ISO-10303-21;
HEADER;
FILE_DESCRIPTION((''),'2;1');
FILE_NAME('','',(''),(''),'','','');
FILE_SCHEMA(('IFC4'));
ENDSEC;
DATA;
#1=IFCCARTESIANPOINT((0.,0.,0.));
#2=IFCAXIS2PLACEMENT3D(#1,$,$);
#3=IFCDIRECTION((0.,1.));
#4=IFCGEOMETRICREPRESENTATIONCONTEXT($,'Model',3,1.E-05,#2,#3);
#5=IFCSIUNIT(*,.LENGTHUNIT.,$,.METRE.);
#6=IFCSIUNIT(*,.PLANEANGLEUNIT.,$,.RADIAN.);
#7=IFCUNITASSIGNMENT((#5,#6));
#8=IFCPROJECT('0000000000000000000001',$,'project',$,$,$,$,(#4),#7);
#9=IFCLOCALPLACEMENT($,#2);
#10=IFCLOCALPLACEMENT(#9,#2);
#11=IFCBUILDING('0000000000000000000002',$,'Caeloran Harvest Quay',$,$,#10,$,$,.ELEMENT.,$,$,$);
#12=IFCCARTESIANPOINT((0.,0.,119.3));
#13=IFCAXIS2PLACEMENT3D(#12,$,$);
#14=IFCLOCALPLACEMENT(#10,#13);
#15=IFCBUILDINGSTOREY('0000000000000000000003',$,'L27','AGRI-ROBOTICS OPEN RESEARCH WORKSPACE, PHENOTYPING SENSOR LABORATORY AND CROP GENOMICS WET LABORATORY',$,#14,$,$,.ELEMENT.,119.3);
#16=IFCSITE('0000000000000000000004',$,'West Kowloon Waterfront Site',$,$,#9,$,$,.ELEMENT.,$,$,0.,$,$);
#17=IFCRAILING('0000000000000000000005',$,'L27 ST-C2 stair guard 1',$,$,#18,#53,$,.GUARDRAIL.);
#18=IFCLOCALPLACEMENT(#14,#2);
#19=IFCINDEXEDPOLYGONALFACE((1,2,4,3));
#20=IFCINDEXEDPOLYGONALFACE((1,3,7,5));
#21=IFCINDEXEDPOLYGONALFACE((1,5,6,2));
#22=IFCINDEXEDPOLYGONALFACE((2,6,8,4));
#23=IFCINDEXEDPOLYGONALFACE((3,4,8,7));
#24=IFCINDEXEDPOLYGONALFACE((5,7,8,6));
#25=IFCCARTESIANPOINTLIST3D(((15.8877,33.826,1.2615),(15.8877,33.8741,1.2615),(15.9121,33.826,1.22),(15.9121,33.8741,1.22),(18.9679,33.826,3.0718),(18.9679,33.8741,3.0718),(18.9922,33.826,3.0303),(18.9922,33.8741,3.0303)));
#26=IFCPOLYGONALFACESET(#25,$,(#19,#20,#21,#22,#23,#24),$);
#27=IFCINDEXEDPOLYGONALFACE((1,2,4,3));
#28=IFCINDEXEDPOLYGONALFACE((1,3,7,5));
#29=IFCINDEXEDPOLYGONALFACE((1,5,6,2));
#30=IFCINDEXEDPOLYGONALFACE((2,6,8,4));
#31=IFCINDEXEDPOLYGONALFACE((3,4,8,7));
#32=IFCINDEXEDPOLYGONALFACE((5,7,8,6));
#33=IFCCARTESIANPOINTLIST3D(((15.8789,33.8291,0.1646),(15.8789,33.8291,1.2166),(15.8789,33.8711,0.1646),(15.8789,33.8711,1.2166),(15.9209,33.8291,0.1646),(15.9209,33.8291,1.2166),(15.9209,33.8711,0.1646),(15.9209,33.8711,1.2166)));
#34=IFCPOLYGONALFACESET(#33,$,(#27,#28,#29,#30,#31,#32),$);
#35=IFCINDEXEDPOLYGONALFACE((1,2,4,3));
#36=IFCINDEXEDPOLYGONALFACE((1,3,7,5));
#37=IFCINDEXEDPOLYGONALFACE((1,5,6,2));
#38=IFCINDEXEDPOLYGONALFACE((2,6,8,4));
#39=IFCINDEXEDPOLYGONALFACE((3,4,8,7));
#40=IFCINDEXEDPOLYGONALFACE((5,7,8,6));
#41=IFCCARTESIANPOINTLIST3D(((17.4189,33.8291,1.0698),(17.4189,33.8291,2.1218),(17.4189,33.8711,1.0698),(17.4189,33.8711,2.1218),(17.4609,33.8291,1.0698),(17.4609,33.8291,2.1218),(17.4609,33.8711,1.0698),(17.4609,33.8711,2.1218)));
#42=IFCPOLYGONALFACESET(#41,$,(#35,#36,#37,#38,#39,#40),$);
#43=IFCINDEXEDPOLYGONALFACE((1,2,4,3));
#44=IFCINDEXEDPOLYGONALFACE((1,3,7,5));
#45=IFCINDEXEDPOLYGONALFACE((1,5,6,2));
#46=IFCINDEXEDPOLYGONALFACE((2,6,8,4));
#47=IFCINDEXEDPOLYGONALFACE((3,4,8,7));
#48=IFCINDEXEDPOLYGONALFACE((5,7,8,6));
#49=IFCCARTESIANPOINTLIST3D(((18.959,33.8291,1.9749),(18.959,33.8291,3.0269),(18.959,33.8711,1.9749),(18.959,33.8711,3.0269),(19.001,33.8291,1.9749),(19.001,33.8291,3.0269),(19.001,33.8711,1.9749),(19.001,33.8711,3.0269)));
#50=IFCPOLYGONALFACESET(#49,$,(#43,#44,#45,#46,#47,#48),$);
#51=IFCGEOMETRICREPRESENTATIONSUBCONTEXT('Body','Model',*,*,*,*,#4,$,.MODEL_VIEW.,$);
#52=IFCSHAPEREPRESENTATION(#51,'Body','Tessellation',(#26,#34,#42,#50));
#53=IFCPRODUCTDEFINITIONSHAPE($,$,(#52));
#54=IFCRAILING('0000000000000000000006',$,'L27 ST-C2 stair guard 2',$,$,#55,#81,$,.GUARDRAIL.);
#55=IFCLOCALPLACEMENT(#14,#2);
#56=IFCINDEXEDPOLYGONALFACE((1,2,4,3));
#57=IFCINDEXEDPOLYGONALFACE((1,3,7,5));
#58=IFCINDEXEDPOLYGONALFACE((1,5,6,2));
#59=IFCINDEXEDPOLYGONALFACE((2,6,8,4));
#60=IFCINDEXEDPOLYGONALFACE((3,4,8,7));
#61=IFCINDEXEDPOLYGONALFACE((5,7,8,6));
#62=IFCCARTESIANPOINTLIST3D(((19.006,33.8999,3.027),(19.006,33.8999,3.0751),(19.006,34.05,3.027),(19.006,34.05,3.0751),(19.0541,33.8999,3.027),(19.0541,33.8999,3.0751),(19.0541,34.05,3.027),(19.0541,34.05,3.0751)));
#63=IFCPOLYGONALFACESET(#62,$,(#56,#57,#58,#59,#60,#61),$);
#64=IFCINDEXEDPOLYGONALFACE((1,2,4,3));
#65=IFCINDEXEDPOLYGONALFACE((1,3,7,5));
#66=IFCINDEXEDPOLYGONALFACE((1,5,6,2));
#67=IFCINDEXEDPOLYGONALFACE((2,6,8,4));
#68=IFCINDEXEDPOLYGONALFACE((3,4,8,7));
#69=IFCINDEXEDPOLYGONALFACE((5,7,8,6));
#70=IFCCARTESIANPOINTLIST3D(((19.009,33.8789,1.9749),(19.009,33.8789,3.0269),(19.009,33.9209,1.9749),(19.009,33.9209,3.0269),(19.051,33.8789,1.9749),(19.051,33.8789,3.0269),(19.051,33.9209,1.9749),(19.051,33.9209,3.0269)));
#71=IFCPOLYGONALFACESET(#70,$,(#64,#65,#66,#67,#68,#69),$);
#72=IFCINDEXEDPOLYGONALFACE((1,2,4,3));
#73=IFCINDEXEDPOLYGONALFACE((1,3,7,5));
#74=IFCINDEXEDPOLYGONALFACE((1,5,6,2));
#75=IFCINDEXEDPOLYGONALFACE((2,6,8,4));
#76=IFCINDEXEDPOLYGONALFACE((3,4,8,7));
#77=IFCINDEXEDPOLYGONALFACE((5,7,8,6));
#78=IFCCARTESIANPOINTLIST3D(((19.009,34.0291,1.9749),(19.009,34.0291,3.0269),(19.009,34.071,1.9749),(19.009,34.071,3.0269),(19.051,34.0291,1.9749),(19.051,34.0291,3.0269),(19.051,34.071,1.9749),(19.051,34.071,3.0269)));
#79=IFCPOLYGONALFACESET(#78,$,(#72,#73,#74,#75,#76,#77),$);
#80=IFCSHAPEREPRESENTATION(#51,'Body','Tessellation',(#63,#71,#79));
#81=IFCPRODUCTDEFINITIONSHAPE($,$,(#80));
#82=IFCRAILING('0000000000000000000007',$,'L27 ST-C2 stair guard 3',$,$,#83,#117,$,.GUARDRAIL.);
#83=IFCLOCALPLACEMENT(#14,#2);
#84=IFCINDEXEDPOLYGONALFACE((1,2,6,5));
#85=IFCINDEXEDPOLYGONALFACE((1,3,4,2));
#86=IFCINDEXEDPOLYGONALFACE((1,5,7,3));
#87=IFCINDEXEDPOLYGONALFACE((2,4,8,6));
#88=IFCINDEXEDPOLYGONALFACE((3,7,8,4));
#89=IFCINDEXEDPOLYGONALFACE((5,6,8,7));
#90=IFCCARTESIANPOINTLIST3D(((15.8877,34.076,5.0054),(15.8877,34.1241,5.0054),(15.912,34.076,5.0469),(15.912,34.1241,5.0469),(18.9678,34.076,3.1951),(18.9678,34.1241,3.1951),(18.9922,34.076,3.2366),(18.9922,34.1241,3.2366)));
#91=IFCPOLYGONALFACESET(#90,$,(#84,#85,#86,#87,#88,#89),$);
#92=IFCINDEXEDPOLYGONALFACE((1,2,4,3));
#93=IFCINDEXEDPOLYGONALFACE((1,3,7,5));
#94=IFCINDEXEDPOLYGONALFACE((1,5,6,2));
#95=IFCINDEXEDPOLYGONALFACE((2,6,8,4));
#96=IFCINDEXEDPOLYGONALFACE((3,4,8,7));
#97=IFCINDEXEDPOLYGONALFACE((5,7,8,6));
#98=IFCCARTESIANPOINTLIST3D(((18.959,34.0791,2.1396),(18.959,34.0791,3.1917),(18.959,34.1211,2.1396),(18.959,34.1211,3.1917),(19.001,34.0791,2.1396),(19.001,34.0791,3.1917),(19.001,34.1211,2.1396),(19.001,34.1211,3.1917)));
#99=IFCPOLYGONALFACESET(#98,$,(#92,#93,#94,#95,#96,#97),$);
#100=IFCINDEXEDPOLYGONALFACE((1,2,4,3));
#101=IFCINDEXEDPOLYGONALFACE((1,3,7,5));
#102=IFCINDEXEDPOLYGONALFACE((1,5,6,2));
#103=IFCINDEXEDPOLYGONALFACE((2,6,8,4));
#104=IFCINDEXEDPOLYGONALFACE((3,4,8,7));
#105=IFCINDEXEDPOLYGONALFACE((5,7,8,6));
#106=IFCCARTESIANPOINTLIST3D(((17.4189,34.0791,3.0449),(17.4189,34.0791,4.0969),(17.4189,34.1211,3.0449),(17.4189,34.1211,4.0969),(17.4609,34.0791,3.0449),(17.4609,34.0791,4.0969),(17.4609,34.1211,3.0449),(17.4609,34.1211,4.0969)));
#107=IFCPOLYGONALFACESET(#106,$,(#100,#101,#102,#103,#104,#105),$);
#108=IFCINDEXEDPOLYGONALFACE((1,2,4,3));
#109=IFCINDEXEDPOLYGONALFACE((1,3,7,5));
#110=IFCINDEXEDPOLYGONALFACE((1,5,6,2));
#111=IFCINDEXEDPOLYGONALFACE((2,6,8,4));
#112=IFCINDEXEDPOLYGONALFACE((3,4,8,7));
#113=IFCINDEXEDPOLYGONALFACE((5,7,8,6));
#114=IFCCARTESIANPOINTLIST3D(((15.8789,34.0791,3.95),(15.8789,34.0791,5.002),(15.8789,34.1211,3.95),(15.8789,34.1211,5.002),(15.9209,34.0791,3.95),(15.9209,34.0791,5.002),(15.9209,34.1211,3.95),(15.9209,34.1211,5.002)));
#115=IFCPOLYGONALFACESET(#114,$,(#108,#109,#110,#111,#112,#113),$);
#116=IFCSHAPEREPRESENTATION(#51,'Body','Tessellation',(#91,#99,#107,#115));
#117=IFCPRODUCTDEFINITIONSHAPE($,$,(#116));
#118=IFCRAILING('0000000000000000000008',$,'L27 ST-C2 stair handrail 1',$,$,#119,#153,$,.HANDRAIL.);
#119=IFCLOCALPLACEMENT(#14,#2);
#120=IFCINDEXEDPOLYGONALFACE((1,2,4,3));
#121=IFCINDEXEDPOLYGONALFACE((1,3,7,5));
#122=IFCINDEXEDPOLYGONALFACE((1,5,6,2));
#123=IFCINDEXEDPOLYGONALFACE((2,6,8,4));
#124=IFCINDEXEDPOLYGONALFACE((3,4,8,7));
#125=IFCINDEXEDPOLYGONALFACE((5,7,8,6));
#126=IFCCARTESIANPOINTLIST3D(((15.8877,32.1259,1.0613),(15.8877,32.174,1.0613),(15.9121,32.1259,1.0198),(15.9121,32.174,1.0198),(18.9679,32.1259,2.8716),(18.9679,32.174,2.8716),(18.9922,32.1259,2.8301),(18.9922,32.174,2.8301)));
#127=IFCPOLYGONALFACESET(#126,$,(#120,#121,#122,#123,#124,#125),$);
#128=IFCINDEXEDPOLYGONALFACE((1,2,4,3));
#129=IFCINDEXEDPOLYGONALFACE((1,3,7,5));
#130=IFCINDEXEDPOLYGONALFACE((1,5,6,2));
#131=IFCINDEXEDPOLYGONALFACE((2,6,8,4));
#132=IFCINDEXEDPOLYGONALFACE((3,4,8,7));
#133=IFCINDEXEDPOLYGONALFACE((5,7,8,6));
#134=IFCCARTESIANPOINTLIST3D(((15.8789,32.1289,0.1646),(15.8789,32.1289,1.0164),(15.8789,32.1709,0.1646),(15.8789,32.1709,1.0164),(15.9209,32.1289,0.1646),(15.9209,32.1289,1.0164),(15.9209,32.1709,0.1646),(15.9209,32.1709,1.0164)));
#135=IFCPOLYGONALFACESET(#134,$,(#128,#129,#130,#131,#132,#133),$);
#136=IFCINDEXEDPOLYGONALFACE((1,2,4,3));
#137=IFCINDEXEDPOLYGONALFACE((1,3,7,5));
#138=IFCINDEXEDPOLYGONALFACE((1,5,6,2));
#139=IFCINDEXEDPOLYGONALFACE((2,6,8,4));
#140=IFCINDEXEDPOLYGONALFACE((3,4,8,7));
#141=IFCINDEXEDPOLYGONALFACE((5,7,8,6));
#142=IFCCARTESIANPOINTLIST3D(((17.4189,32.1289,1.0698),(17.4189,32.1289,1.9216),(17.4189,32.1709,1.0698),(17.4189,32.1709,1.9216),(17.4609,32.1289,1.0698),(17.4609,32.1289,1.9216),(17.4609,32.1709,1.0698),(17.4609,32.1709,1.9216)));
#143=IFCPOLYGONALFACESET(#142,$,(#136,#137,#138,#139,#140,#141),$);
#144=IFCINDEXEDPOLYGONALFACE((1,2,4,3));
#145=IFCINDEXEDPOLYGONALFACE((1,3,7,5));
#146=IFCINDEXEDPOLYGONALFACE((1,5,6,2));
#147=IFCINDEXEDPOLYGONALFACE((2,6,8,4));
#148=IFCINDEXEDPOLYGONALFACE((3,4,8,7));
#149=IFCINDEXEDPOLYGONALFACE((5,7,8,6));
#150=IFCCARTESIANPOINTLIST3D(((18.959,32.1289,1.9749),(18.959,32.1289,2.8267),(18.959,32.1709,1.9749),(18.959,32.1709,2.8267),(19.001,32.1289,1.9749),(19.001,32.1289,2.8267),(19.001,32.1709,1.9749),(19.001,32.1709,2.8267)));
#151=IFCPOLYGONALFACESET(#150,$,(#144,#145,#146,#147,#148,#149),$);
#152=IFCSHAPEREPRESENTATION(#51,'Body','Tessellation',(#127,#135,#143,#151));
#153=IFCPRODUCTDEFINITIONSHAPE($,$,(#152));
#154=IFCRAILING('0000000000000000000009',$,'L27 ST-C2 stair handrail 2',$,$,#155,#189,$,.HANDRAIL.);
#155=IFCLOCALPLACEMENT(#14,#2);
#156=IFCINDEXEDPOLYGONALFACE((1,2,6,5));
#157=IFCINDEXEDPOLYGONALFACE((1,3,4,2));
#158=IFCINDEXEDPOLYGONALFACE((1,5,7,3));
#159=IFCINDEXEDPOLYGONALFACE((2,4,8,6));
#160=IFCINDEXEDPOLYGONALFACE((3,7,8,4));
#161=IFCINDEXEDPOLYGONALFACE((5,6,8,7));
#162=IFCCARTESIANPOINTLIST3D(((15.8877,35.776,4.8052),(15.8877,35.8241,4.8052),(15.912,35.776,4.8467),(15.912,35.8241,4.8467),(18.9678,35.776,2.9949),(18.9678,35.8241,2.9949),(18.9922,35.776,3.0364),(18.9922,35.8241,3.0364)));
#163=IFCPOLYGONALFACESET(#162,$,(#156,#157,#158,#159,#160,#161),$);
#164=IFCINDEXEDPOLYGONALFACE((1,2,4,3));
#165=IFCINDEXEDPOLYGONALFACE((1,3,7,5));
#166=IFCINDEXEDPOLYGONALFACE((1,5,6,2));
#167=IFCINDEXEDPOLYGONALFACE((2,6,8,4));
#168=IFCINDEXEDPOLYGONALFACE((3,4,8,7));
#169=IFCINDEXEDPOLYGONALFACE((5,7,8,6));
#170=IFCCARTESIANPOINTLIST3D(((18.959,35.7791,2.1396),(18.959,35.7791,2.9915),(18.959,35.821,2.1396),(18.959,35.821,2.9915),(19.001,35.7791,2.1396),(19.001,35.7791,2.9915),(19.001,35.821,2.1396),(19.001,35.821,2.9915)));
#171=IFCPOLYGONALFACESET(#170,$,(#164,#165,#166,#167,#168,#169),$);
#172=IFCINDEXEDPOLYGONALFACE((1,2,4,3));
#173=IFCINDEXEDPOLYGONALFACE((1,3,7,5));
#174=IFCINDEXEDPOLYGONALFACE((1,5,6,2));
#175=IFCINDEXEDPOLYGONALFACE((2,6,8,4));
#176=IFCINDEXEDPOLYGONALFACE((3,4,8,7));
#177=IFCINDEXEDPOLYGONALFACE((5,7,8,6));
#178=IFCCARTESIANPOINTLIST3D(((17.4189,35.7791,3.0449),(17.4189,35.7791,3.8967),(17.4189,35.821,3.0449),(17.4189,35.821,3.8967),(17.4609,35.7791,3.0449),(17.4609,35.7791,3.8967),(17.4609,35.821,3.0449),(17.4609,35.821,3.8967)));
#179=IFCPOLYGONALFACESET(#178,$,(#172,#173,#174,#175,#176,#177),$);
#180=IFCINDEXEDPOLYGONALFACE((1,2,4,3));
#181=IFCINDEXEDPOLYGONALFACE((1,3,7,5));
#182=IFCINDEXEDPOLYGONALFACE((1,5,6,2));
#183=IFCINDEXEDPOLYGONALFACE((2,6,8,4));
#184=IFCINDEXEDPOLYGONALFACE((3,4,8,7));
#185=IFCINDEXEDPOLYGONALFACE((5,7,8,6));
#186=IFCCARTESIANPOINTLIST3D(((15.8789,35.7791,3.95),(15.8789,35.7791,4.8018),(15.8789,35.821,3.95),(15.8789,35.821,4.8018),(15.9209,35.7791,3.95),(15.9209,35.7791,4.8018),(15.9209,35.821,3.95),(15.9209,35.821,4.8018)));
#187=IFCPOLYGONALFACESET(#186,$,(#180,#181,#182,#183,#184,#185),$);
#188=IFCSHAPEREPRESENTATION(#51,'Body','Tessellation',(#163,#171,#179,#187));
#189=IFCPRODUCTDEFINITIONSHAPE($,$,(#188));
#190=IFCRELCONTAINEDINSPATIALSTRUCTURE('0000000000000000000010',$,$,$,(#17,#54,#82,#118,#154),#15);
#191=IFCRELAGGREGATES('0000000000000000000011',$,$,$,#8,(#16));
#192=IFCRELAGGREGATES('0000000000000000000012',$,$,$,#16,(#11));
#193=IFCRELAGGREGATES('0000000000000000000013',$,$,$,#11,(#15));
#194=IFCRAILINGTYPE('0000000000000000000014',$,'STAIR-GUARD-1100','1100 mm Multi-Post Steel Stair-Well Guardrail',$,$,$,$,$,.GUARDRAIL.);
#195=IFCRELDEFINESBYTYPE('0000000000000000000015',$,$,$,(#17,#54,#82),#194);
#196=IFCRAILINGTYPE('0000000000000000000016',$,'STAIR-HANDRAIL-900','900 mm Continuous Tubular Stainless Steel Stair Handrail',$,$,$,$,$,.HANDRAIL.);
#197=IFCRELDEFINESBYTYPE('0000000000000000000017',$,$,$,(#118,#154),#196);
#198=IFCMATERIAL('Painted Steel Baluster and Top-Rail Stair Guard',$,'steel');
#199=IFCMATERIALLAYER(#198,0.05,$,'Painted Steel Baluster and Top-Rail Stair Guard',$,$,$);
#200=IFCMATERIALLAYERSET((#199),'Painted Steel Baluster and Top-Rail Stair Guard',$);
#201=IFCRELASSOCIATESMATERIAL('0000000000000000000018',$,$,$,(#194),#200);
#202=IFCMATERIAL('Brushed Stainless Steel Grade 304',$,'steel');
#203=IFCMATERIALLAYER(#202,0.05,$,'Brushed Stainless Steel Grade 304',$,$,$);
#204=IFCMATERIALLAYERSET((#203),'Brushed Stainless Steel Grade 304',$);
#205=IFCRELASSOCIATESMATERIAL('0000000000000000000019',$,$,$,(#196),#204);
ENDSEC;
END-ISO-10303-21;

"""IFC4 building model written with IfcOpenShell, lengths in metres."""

from ifc_helpers import new_model, si_unit, direction, frame, origin, origin_2d, place, context, subcontext, project, spatial, rectangle, extrude, material, layer, layer_set, type_object, element, save


model = new_model("IFC4")

# Units and contexts
model_context = context("Model", 3, precision=1e-05, world=origin(), true_north=direction((0.0, 1.0)))
body_context = subcontext(model_context, "Body", "Model", "MODEL_VIEW")
ifc_project = project(units=[si_unit("LENGTHUNIT", "METRE"), si_unit("PLANEANGLEUNIT", "RADIAN")], contexts=[model_context])

# Site, building, storey
site_placement = place(None, origin())
site = spatial("IfcSite", under=ifc_project, at=site_placement, Name="West Kowloon Waterfront Site", CompositionType="ELEMENT", RefElevation=0.0)
building_placement = place(site_placement, origin())
building = spatial("IfcBuilding", under=site, at=building_placement, Name="Caeloran Harvest Quay", CompositionType="ELEMENT")
storey_placement = place(building_placement, frame((0.0, 0.0, 119.3)))
storey = spatial("IfcBuildingStorey", under=building, at=storey_placement, Name="L27", Description="AGRI-ROBOTICS OPEN RESEARCH WORKSPACE, PHENOTYPING SENSOR LABORATORY AND CROP GENOMICS WET LABORATORY", CompositionType="ELEMENT", Elevation=119.3)

# Railings
ifc_material_1 = material(Name="Painted Steel Baluster and Top-Rail Stair Guard", Category="steel")
ifc_layer_1 = layer(ifc_material_1, 0.05, Name="Painted Steel Baluster and Top-Rail Stair Guard")
ifc_layer_set_1 = layer_set([ifc_layer_1], Name="Painted Steel Baluster and Top-Rail Stair Guard")
railing_type_1 = type_object("IfcRailingType", Name="STAIR-GUARD-1100", Description="1100 mm Multi-Post Steel Stair-Well Guardrail", PredefinedType="GUARDRAIL", material=ifc_layer_set_1)
railing_1_placement = place(storey_placement, frame((15.8999, 33.8501, 0.1646)))
element("IfcRailing", 1, at=railing_1_placement, inside=storey, type_object=railing_type_1, Name="L27 ST-C2 stair guard 1", PredefinedType="GUARDRAIL", context=body_context, shape_type="SweptSolid", body=[
    extrude(rectangle(XDim=0.0481, YDim=0.0481, at=origin_2d()), frame((0.0, 0.0, 1.0762), z_axis=(0.862119, 0.0, 0.506707), x_axis=(0.0, 1.0, 0.0)), (0.0, 0.0, 1.0), 3.5728),
    extrude(rectangle(XDim=0.042, YDim=0.042, at=origin_2d()), origin(), (0.0, 0.0, 1.0), 1.052),
    extrude(rectangle(XDim=0.042, YDim=0.042, at=origin_2d()), frame((1.54, 0.0, 0.9053)), (0.0, 0.0, 1.0), 1.052),
    extrude(rectangle(XDim=0.042, YDim=0.042, at=origin_2d()), frame((3.0801, 0.0, 1.8103)), (0.0, 0.0, 1.0), 1.052),
])
railing_2_placement = place(storey_placement, frame((19.03, 33.8999, 1.9749)))
element("IfcRailing", 2, at=railing_2_placement, inside=storey, type_object=railing_type_1, Name="L27 ST-C2 stair guard 2", PredefinedType="GUARDRAIL", context=body_context, shape_type="SweptSolid", body=[
    extrude(rectangle(XDim=0.0481, YDim=0.0481, at=origin_2d()), frame((0.0, 0.0, 1.0762), z_axis=(0.0, 1.0, 0.0), x_axis=(-1.0, 0.0, 0.0)), (0.0, 0.0, 1.0), 0.1501),
    extrude(rectangle(XDim=0.042, YDim=0.042, at=origin_2d()), origin(), (0.0, 0.0, 1.0), 1.052),
    extrude(rectangle(XDim=0.042, YDim=0.042, at=origin_2d()), frame((0.0, 0.1501, 0.0)), (0.0, 0.0, 1.0), 1.052),
])
railing_3_placement = place(storey_placement, frame((18.98, 34.1001, 2.1396)))
element("IfcRailing", 3, at=railing_3_placement, inside=storey, type_object=railing_type_1, Name="L27 ST-C2 stair guard 3", PredefinedType="GUARDRAIL", context=body_context, shape_type="SweptSolid", body=[
    extrude(rectangle(XDim=0.0481, YDim=0.0481, at=origin_2d()), frame((0.0, 0.0, 1.0762), z_axis=(-0.862119, 0.0, 0.506707), x_axis=(0.0, -1.0, 0.0)), (0.0, 0.0, 1.0), 3.5728),
    extrude(rectangle(XDim=0.042, YDim=0.042, at=origin_2d()), origin(), (0.0, 0.0, 1.0), 1.052),
    extrude(rectangle(XDim=0.042, YDim=0.042, at=origin_2d()), frame((-1.54, 0.0, 0.9053)), (0.0, 0.0, 1.0), 1.052),
    extrude(rectangle(XDim=0.042, YDim=0.042, at=origin_2d()), frame((-3.0801, 0.0, 1.8103)), (0.0, 0.0, 1.0), 1.052),
])
ifc_material_2 = material(Name="Brushed Stainless Steel Grade 304", Category="steel")
ifc_layer_2 = layer(ifc_material_2, 0.05, Name="Brushed Stainless Steel Grade 304")
ifc_layer_set_2 = layer_set([ifc_layer_2], Name="Brushed Stainless Steel Grade 304")
railing_type_2 = type_object("IfcRailingType", Name="STAIR-HANDRAIL-900", Description="900 mm Continuous Tubular Stainless Steel Stair Handrail", PredefinedType="HANDRAIL", material=ifc_layer_set_2)
railing_4_placement = place(storey_placement, frame((15.8999, 32.1499, 0.1646)))
element("IfcRailing", 4, at=railing_4_placement, inside=storey, type_object=railing_type_2, Name="L27 ST-C2 stair handrail 1", PredefinedType="HANDRAIL", context=body_context, shape_type="SweptSolid", body=[
    extrude(rectangle(XDim=0.0481, YDim=0.0481, at=origin_2d()), frame((0.0, 0.0, 0.876), z_axis=(0.862119, 0.0, 0.506707), x_axis=(0.0, 1.0, 0.0)), (0.0, 0.0, 1.0), 3.5728),
    extrude(rectangle(XDim=0.042, YDim=0.042, at=origin_2d()), origin(), (0.0, 0.0, 1.0), 0.8518),
    extrude(rectangle(XDim=0.042, YDim=0.042, at=origin_2d()), frame((1.54, 0.0, 0.9053)), (0.0, 0.0, 1.0), 0.8518),
    extrude(rectangle(XDim=0.042, YDim=0.042, at=origin_2d()), frame((3.0801, 0.0, 1.8103)), (0.0, 0.0, 1.0), 0.8518),
])
railing_5_placement = place(storey_placement, frame((18.98, 35.8, 2.1396)))
element("IfcRailing", 5, at=railing_5_placement, inside=storey, type_object=railing_type_2, Name="L27 ST-C2 stair handrail 2", PredefinedType="HANDRAIL", context=body_context, shape_type="SweptSolid", body=[
    extrude(rectangle(XDim=0.0481, YDim=0.0481, at=origin_2d()), frame((0.0, 0.0, 0.876), z_axis=(-0.862119, 0.0, 0.506707), x_axis=(0.0, -1.0, 0.0)), (0.0, 0.0, 1.0), 3.5728),
    extrude(rectangle(XDim=0.042, YDim=0.042, at=origin_2d()), origin(), (0.0, 0.0, 1.0), 0.8518),
    extrude(rectangle(XDim=0.042, YDim=0.042, at=origin_2d()), frame((-1.54, 0.0, 0.9053)), (0.0, 0.0, 1.0), 0.8518),
    extrude(rectangle(XDim=0.042, YDim=0.042, at=origin_2d()), frame((-3.0801, 0.0, 1.8103)), (0.0, 0.0, 1.0), 0.8518),
])

save(model, "model.ifc")
